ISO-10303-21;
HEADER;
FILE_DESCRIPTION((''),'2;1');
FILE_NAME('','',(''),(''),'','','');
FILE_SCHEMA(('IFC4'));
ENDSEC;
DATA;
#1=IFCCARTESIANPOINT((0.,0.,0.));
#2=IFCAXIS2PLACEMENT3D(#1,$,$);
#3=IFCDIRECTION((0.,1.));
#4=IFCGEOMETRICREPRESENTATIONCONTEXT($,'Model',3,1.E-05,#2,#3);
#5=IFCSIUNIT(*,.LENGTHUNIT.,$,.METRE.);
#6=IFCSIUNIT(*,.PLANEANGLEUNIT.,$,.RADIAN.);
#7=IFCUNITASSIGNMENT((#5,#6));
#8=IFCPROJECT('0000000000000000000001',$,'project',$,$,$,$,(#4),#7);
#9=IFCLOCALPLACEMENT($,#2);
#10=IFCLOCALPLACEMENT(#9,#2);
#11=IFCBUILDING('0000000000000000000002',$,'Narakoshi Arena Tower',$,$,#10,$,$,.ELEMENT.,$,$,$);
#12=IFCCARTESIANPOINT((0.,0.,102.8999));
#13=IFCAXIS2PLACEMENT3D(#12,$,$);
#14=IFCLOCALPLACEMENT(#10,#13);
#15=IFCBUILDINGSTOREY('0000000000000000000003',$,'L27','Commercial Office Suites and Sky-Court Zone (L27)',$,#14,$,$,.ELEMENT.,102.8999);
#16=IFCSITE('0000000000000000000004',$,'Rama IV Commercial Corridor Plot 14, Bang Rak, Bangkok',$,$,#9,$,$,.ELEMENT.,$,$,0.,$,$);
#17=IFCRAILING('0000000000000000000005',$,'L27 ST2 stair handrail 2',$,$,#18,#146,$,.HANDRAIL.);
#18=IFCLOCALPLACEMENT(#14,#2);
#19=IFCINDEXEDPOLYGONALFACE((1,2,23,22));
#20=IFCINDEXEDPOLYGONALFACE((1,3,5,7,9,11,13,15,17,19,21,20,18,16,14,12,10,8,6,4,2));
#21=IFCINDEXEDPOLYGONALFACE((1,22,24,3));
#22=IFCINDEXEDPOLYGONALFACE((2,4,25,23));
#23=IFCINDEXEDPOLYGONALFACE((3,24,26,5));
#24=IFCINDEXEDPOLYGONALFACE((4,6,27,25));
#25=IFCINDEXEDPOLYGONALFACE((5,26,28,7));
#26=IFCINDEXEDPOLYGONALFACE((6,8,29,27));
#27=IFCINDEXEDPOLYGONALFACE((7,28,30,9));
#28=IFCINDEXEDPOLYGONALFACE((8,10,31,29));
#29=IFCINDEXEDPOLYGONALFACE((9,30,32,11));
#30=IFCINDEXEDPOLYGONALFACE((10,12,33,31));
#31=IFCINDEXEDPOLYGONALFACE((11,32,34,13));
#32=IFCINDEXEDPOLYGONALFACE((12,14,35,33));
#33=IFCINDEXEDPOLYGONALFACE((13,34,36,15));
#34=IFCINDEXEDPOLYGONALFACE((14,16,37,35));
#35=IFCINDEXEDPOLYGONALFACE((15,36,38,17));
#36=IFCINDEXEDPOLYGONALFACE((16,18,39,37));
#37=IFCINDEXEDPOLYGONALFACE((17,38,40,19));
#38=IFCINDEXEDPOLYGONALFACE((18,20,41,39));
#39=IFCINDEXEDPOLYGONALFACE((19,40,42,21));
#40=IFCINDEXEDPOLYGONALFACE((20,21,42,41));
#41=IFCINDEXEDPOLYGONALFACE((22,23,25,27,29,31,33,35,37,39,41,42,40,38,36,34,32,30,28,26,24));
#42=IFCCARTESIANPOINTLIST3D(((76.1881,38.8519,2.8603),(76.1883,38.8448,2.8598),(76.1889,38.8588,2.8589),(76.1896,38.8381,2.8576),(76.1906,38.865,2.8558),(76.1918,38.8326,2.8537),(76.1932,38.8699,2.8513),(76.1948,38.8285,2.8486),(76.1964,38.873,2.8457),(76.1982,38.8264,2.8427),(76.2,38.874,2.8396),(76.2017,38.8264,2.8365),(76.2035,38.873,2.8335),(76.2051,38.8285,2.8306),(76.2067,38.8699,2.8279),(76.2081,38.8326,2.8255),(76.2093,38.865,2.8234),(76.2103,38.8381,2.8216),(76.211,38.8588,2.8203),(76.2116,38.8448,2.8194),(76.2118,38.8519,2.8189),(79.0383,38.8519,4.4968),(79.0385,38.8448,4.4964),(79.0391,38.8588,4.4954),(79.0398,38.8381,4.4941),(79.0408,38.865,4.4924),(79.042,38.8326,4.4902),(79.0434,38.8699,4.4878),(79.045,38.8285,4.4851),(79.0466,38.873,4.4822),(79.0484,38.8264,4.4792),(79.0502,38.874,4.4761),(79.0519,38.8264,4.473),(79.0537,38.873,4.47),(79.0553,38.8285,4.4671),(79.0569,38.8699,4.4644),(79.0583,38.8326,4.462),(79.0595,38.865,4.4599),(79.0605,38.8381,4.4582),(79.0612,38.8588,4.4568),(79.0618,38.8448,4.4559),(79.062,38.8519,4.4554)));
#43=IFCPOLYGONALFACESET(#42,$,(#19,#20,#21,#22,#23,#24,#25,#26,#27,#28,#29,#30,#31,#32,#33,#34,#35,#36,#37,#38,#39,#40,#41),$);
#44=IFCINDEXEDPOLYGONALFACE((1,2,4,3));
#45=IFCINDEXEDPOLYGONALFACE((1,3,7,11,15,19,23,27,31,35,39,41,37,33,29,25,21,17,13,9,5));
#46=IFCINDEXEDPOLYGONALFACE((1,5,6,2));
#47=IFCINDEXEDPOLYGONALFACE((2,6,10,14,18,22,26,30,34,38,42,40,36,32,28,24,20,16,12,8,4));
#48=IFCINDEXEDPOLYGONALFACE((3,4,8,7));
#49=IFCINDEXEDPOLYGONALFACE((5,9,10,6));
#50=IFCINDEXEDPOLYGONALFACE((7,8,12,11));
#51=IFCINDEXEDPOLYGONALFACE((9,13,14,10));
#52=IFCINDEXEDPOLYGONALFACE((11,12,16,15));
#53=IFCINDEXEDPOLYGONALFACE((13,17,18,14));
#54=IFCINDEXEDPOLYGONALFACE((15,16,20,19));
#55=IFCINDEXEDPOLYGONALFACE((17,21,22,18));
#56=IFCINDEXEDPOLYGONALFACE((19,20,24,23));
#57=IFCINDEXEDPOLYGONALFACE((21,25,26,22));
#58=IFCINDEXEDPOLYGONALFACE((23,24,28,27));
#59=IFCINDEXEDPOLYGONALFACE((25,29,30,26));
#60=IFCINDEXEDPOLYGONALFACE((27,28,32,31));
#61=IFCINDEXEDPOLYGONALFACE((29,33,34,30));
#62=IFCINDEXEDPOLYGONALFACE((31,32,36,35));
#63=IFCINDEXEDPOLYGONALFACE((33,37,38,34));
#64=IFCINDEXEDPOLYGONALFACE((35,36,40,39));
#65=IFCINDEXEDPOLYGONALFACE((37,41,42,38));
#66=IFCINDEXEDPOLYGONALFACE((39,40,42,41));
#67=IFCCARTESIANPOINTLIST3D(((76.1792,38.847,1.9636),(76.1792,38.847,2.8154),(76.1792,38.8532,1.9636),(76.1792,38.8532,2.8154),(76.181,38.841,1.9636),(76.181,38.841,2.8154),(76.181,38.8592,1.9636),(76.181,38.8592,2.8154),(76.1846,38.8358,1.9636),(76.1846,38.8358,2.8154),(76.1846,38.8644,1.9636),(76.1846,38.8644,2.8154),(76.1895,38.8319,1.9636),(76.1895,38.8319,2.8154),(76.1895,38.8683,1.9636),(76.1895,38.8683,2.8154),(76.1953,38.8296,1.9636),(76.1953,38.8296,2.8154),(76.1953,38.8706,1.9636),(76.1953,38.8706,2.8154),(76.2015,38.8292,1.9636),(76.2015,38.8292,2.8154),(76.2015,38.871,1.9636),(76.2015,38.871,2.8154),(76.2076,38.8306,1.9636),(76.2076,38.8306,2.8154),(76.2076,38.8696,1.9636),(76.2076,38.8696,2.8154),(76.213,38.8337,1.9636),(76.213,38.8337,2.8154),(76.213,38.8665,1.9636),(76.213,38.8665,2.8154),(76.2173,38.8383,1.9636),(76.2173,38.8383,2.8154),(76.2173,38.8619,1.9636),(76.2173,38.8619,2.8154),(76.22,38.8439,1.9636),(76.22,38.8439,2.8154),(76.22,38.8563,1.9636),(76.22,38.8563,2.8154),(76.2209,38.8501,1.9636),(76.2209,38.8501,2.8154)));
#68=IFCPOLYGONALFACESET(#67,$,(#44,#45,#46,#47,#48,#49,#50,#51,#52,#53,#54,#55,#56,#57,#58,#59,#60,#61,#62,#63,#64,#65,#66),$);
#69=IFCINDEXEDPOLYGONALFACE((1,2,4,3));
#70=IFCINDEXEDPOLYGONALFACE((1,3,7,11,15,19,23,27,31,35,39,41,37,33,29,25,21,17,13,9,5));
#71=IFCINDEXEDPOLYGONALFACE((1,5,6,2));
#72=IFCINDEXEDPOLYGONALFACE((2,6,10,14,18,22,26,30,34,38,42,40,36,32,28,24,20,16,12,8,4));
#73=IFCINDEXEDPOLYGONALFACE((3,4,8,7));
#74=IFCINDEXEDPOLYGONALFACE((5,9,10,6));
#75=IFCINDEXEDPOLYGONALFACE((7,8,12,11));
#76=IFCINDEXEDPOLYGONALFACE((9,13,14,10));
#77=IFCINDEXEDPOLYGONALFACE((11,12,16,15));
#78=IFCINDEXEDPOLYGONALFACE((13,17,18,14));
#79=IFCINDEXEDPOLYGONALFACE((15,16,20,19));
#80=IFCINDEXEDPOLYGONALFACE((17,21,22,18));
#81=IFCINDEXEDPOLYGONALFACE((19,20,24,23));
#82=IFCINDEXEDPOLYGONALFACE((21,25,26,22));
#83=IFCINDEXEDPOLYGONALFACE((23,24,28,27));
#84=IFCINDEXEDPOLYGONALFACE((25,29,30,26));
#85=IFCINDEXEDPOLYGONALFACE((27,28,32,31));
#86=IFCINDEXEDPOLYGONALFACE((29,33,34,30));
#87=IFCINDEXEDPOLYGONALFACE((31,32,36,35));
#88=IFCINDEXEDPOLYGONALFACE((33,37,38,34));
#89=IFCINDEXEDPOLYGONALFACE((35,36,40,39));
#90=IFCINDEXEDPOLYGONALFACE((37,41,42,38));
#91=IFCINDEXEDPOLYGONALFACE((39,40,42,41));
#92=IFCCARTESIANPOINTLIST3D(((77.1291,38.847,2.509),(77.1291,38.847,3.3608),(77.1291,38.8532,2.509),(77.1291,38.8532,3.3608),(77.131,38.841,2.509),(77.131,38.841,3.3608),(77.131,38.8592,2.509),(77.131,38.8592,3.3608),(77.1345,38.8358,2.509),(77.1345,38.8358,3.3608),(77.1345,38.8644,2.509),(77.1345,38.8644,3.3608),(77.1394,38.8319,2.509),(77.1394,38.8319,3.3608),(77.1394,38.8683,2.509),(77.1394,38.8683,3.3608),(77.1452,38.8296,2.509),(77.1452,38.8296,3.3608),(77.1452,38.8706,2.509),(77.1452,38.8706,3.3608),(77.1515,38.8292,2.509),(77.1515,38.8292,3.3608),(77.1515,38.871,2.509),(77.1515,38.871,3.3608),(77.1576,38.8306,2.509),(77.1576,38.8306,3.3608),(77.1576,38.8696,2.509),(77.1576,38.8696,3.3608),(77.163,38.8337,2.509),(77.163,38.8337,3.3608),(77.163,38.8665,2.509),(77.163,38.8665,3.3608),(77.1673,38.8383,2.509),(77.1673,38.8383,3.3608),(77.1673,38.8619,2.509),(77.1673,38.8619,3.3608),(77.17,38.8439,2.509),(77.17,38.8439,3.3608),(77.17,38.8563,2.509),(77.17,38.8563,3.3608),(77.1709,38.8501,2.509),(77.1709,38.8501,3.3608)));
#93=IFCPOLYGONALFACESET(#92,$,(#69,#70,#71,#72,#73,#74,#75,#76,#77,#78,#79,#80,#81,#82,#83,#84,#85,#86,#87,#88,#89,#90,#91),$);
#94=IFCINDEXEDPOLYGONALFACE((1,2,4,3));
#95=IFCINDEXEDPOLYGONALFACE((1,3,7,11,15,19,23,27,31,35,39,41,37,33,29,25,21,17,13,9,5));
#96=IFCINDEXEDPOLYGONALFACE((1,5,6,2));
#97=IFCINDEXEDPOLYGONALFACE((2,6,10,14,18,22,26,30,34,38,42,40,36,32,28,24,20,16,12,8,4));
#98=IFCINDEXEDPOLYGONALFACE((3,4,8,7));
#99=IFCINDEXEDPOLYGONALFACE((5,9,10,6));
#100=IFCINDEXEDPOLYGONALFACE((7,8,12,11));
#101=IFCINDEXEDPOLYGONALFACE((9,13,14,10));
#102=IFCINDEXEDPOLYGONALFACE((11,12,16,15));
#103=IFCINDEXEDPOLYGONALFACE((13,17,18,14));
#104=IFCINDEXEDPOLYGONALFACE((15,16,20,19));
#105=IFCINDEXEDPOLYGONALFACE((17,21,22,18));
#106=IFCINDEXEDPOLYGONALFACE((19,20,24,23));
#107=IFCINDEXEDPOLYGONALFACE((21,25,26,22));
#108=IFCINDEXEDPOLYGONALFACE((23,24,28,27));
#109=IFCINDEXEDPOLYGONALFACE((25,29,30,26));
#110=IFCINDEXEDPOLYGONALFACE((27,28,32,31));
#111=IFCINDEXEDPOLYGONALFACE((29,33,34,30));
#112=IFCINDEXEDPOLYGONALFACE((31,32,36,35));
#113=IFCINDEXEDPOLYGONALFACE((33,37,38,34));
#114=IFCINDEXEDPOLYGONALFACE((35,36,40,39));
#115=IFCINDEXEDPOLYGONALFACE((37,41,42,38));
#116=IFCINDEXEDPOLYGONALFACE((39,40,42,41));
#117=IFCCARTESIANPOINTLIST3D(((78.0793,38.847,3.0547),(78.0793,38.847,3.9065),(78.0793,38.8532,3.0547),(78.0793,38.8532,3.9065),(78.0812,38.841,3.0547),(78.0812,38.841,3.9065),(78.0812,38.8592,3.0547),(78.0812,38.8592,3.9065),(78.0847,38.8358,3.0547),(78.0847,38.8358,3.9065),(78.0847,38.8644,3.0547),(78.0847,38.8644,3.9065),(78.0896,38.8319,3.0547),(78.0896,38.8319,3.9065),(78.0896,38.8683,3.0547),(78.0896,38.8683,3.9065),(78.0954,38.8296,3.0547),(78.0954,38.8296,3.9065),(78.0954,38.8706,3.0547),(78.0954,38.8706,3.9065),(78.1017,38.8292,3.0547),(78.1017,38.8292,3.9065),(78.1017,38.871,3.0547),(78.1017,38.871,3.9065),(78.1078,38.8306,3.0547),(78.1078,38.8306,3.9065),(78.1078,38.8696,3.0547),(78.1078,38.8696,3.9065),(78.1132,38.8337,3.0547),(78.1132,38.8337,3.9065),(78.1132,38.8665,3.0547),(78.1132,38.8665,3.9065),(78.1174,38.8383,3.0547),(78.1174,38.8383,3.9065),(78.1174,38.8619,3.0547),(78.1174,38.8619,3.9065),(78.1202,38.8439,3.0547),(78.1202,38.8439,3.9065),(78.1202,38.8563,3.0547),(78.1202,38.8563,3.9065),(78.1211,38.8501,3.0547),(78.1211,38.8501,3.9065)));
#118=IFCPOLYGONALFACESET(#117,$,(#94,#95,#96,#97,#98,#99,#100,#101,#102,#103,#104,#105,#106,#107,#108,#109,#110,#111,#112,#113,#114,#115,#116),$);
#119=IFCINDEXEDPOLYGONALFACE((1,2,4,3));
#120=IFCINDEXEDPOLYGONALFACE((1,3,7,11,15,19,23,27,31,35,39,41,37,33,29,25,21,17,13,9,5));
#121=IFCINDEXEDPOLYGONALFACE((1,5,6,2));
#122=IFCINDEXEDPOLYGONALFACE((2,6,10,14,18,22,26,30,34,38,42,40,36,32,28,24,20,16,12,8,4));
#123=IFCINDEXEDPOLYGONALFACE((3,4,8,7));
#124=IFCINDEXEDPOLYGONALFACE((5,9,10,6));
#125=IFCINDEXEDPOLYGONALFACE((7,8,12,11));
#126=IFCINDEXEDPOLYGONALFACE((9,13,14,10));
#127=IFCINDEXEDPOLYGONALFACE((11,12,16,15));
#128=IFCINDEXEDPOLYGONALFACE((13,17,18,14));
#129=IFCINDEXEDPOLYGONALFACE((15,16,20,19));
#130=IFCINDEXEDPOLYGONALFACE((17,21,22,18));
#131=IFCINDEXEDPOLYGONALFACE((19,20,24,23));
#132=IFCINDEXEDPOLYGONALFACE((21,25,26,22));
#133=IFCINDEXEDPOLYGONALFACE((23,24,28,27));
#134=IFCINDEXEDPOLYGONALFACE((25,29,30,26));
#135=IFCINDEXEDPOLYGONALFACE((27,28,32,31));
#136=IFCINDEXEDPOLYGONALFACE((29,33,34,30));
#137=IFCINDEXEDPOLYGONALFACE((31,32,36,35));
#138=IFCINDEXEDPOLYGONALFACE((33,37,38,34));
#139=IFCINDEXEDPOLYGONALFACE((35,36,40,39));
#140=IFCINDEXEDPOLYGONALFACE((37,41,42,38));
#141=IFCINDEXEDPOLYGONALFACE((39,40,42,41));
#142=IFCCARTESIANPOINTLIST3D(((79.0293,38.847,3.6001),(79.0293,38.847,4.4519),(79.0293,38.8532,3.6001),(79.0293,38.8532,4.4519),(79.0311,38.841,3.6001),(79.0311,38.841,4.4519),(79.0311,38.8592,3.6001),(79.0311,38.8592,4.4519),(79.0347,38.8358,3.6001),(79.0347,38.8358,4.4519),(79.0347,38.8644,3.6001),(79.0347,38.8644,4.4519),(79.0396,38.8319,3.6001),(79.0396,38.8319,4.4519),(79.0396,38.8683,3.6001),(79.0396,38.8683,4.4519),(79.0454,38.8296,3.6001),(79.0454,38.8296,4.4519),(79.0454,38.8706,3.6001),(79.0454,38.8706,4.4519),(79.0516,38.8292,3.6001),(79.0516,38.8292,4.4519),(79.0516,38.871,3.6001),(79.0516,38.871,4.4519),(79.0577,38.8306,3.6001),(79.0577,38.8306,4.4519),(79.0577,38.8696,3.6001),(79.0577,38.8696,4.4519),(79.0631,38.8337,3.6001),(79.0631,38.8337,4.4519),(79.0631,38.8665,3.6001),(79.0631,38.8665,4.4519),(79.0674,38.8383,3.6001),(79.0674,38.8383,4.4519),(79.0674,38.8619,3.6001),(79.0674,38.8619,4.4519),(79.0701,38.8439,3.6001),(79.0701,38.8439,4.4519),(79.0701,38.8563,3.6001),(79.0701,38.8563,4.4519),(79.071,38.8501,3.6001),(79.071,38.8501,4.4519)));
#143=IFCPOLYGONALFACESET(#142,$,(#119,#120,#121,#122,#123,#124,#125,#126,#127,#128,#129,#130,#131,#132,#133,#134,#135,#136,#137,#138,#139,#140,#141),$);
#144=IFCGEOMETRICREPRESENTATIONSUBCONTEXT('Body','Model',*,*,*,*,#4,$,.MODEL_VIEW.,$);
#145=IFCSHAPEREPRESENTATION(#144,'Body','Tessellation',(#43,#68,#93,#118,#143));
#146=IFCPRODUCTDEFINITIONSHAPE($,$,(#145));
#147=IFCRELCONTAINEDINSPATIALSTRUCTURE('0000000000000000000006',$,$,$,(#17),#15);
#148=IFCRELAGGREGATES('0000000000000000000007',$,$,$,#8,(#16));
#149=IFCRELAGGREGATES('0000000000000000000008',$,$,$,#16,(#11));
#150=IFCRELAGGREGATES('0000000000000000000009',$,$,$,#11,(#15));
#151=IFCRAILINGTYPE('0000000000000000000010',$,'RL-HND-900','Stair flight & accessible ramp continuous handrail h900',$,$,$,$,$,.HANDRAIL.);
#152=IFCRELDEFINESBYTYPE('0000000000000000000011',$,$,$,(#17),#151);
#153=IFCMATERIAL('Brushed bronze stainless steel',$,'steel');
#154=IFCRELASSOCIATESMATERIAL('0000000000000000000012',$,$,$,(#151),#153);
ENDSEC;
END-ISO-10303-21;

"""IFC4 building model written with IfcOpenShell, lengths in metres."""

from ifc_helpers import new_model, si_unit, direction, frame, origin, origin_2d, place, context, subcontext, project, spatial, circle, extrude, material, type_object, element, save


model = new_model("IFC4")

# Units and contexts
model_context = context("Model", 3, precision=1e-05, world=origin(), true_north=direction((0.0, 1.0)))
body_context = subcontext(model_context, "Body", "Model", "MODEL_VIEW")
ifc_project = project(units=[si_unit("LENGTHUNIT", "METRE"), si_unit("PLANEANGLEUNIT", "RADIAN")], contexts=[model_context])

# Site, building, storey
site_placement = place(None, origin())
site = spatial("IfcSite", under=ifc_project, at=site_placement, Name="Rama IV Commercial Corridor Plot 14, Bang Rak, Bangkok", CompositionType="ELEMENT", RefElevation=0.0)
building_placement = place(site_placement, origin())
building = spatial("IfcBuilding", under=site, at=building_placement, Name="Narakoshi Arena Tower", CompositionType="ELEMENT")
storey_placement = place(building_placement, frame((0.0, 0.0, 102.8999)))
storey = spatial("IfcBuildingStorey", under=building, at=storey_placement, Name="L27", Description="Commercial Office Suites and Sky-Court Zone (L27)", CompositionType="ELEMENT", Elevation=102.8999)

# Shared definitions
ifc_material_1 = material(Name="Brushed bronze stainless steel", Category="steel")

# Railing
railing_type_1 = type_object("IfcRailingType", Name="RL-HND-900", Description="Stair flight & accessible ramp continuous handrail h900", PredefinedType="HANDRAIL", material=ifc_material_1)
railing_1_placement = place(storey_placement, frame((76.2, 38.8501, 1.9636)))
element("IfcRailing", 1, at=railing_1_placement, inside=storey, type_object=railing_type_1, Name="L27 ST2 stair handrail 2", PredefinedType="HANDRAIL", context=body_context, shape_type="SweptSolid", body=[
    extrude(circle(Radius=0.0239, at=origin_2d()), frame((0.0, 0.0, 0.876), z_axis=(0.867213, 0.0, 0.497938), x_axis=(0.0, 1.0, 0.0)), (0.0, 0.0, 1.0), 3.2866),
    extrude(circle(Radius=0.021, at=origin_2d()), origin(), (0.0, 0.0, 1.0), 0.8518),
    extrude(circle(Radius=0.021, at=origin_2d()), frame((0.95, 0.0, 0.5454)), (0.0, 0.0, 1.0), 0.8518),
    extrude(circle(Radius=0.021, at=origin_2d()), frame((1.9001, 0.0, 1.0911)), (0.0, 0.0, 1.0), 0.8518),
    extrude(circle(Radius=0.021, at=origin_2d()), frame((2.8501, 0.0, 1.6365)), (0.0, 0.0, 1.0), 0.8518),
])

save(model, "model.ifc")
